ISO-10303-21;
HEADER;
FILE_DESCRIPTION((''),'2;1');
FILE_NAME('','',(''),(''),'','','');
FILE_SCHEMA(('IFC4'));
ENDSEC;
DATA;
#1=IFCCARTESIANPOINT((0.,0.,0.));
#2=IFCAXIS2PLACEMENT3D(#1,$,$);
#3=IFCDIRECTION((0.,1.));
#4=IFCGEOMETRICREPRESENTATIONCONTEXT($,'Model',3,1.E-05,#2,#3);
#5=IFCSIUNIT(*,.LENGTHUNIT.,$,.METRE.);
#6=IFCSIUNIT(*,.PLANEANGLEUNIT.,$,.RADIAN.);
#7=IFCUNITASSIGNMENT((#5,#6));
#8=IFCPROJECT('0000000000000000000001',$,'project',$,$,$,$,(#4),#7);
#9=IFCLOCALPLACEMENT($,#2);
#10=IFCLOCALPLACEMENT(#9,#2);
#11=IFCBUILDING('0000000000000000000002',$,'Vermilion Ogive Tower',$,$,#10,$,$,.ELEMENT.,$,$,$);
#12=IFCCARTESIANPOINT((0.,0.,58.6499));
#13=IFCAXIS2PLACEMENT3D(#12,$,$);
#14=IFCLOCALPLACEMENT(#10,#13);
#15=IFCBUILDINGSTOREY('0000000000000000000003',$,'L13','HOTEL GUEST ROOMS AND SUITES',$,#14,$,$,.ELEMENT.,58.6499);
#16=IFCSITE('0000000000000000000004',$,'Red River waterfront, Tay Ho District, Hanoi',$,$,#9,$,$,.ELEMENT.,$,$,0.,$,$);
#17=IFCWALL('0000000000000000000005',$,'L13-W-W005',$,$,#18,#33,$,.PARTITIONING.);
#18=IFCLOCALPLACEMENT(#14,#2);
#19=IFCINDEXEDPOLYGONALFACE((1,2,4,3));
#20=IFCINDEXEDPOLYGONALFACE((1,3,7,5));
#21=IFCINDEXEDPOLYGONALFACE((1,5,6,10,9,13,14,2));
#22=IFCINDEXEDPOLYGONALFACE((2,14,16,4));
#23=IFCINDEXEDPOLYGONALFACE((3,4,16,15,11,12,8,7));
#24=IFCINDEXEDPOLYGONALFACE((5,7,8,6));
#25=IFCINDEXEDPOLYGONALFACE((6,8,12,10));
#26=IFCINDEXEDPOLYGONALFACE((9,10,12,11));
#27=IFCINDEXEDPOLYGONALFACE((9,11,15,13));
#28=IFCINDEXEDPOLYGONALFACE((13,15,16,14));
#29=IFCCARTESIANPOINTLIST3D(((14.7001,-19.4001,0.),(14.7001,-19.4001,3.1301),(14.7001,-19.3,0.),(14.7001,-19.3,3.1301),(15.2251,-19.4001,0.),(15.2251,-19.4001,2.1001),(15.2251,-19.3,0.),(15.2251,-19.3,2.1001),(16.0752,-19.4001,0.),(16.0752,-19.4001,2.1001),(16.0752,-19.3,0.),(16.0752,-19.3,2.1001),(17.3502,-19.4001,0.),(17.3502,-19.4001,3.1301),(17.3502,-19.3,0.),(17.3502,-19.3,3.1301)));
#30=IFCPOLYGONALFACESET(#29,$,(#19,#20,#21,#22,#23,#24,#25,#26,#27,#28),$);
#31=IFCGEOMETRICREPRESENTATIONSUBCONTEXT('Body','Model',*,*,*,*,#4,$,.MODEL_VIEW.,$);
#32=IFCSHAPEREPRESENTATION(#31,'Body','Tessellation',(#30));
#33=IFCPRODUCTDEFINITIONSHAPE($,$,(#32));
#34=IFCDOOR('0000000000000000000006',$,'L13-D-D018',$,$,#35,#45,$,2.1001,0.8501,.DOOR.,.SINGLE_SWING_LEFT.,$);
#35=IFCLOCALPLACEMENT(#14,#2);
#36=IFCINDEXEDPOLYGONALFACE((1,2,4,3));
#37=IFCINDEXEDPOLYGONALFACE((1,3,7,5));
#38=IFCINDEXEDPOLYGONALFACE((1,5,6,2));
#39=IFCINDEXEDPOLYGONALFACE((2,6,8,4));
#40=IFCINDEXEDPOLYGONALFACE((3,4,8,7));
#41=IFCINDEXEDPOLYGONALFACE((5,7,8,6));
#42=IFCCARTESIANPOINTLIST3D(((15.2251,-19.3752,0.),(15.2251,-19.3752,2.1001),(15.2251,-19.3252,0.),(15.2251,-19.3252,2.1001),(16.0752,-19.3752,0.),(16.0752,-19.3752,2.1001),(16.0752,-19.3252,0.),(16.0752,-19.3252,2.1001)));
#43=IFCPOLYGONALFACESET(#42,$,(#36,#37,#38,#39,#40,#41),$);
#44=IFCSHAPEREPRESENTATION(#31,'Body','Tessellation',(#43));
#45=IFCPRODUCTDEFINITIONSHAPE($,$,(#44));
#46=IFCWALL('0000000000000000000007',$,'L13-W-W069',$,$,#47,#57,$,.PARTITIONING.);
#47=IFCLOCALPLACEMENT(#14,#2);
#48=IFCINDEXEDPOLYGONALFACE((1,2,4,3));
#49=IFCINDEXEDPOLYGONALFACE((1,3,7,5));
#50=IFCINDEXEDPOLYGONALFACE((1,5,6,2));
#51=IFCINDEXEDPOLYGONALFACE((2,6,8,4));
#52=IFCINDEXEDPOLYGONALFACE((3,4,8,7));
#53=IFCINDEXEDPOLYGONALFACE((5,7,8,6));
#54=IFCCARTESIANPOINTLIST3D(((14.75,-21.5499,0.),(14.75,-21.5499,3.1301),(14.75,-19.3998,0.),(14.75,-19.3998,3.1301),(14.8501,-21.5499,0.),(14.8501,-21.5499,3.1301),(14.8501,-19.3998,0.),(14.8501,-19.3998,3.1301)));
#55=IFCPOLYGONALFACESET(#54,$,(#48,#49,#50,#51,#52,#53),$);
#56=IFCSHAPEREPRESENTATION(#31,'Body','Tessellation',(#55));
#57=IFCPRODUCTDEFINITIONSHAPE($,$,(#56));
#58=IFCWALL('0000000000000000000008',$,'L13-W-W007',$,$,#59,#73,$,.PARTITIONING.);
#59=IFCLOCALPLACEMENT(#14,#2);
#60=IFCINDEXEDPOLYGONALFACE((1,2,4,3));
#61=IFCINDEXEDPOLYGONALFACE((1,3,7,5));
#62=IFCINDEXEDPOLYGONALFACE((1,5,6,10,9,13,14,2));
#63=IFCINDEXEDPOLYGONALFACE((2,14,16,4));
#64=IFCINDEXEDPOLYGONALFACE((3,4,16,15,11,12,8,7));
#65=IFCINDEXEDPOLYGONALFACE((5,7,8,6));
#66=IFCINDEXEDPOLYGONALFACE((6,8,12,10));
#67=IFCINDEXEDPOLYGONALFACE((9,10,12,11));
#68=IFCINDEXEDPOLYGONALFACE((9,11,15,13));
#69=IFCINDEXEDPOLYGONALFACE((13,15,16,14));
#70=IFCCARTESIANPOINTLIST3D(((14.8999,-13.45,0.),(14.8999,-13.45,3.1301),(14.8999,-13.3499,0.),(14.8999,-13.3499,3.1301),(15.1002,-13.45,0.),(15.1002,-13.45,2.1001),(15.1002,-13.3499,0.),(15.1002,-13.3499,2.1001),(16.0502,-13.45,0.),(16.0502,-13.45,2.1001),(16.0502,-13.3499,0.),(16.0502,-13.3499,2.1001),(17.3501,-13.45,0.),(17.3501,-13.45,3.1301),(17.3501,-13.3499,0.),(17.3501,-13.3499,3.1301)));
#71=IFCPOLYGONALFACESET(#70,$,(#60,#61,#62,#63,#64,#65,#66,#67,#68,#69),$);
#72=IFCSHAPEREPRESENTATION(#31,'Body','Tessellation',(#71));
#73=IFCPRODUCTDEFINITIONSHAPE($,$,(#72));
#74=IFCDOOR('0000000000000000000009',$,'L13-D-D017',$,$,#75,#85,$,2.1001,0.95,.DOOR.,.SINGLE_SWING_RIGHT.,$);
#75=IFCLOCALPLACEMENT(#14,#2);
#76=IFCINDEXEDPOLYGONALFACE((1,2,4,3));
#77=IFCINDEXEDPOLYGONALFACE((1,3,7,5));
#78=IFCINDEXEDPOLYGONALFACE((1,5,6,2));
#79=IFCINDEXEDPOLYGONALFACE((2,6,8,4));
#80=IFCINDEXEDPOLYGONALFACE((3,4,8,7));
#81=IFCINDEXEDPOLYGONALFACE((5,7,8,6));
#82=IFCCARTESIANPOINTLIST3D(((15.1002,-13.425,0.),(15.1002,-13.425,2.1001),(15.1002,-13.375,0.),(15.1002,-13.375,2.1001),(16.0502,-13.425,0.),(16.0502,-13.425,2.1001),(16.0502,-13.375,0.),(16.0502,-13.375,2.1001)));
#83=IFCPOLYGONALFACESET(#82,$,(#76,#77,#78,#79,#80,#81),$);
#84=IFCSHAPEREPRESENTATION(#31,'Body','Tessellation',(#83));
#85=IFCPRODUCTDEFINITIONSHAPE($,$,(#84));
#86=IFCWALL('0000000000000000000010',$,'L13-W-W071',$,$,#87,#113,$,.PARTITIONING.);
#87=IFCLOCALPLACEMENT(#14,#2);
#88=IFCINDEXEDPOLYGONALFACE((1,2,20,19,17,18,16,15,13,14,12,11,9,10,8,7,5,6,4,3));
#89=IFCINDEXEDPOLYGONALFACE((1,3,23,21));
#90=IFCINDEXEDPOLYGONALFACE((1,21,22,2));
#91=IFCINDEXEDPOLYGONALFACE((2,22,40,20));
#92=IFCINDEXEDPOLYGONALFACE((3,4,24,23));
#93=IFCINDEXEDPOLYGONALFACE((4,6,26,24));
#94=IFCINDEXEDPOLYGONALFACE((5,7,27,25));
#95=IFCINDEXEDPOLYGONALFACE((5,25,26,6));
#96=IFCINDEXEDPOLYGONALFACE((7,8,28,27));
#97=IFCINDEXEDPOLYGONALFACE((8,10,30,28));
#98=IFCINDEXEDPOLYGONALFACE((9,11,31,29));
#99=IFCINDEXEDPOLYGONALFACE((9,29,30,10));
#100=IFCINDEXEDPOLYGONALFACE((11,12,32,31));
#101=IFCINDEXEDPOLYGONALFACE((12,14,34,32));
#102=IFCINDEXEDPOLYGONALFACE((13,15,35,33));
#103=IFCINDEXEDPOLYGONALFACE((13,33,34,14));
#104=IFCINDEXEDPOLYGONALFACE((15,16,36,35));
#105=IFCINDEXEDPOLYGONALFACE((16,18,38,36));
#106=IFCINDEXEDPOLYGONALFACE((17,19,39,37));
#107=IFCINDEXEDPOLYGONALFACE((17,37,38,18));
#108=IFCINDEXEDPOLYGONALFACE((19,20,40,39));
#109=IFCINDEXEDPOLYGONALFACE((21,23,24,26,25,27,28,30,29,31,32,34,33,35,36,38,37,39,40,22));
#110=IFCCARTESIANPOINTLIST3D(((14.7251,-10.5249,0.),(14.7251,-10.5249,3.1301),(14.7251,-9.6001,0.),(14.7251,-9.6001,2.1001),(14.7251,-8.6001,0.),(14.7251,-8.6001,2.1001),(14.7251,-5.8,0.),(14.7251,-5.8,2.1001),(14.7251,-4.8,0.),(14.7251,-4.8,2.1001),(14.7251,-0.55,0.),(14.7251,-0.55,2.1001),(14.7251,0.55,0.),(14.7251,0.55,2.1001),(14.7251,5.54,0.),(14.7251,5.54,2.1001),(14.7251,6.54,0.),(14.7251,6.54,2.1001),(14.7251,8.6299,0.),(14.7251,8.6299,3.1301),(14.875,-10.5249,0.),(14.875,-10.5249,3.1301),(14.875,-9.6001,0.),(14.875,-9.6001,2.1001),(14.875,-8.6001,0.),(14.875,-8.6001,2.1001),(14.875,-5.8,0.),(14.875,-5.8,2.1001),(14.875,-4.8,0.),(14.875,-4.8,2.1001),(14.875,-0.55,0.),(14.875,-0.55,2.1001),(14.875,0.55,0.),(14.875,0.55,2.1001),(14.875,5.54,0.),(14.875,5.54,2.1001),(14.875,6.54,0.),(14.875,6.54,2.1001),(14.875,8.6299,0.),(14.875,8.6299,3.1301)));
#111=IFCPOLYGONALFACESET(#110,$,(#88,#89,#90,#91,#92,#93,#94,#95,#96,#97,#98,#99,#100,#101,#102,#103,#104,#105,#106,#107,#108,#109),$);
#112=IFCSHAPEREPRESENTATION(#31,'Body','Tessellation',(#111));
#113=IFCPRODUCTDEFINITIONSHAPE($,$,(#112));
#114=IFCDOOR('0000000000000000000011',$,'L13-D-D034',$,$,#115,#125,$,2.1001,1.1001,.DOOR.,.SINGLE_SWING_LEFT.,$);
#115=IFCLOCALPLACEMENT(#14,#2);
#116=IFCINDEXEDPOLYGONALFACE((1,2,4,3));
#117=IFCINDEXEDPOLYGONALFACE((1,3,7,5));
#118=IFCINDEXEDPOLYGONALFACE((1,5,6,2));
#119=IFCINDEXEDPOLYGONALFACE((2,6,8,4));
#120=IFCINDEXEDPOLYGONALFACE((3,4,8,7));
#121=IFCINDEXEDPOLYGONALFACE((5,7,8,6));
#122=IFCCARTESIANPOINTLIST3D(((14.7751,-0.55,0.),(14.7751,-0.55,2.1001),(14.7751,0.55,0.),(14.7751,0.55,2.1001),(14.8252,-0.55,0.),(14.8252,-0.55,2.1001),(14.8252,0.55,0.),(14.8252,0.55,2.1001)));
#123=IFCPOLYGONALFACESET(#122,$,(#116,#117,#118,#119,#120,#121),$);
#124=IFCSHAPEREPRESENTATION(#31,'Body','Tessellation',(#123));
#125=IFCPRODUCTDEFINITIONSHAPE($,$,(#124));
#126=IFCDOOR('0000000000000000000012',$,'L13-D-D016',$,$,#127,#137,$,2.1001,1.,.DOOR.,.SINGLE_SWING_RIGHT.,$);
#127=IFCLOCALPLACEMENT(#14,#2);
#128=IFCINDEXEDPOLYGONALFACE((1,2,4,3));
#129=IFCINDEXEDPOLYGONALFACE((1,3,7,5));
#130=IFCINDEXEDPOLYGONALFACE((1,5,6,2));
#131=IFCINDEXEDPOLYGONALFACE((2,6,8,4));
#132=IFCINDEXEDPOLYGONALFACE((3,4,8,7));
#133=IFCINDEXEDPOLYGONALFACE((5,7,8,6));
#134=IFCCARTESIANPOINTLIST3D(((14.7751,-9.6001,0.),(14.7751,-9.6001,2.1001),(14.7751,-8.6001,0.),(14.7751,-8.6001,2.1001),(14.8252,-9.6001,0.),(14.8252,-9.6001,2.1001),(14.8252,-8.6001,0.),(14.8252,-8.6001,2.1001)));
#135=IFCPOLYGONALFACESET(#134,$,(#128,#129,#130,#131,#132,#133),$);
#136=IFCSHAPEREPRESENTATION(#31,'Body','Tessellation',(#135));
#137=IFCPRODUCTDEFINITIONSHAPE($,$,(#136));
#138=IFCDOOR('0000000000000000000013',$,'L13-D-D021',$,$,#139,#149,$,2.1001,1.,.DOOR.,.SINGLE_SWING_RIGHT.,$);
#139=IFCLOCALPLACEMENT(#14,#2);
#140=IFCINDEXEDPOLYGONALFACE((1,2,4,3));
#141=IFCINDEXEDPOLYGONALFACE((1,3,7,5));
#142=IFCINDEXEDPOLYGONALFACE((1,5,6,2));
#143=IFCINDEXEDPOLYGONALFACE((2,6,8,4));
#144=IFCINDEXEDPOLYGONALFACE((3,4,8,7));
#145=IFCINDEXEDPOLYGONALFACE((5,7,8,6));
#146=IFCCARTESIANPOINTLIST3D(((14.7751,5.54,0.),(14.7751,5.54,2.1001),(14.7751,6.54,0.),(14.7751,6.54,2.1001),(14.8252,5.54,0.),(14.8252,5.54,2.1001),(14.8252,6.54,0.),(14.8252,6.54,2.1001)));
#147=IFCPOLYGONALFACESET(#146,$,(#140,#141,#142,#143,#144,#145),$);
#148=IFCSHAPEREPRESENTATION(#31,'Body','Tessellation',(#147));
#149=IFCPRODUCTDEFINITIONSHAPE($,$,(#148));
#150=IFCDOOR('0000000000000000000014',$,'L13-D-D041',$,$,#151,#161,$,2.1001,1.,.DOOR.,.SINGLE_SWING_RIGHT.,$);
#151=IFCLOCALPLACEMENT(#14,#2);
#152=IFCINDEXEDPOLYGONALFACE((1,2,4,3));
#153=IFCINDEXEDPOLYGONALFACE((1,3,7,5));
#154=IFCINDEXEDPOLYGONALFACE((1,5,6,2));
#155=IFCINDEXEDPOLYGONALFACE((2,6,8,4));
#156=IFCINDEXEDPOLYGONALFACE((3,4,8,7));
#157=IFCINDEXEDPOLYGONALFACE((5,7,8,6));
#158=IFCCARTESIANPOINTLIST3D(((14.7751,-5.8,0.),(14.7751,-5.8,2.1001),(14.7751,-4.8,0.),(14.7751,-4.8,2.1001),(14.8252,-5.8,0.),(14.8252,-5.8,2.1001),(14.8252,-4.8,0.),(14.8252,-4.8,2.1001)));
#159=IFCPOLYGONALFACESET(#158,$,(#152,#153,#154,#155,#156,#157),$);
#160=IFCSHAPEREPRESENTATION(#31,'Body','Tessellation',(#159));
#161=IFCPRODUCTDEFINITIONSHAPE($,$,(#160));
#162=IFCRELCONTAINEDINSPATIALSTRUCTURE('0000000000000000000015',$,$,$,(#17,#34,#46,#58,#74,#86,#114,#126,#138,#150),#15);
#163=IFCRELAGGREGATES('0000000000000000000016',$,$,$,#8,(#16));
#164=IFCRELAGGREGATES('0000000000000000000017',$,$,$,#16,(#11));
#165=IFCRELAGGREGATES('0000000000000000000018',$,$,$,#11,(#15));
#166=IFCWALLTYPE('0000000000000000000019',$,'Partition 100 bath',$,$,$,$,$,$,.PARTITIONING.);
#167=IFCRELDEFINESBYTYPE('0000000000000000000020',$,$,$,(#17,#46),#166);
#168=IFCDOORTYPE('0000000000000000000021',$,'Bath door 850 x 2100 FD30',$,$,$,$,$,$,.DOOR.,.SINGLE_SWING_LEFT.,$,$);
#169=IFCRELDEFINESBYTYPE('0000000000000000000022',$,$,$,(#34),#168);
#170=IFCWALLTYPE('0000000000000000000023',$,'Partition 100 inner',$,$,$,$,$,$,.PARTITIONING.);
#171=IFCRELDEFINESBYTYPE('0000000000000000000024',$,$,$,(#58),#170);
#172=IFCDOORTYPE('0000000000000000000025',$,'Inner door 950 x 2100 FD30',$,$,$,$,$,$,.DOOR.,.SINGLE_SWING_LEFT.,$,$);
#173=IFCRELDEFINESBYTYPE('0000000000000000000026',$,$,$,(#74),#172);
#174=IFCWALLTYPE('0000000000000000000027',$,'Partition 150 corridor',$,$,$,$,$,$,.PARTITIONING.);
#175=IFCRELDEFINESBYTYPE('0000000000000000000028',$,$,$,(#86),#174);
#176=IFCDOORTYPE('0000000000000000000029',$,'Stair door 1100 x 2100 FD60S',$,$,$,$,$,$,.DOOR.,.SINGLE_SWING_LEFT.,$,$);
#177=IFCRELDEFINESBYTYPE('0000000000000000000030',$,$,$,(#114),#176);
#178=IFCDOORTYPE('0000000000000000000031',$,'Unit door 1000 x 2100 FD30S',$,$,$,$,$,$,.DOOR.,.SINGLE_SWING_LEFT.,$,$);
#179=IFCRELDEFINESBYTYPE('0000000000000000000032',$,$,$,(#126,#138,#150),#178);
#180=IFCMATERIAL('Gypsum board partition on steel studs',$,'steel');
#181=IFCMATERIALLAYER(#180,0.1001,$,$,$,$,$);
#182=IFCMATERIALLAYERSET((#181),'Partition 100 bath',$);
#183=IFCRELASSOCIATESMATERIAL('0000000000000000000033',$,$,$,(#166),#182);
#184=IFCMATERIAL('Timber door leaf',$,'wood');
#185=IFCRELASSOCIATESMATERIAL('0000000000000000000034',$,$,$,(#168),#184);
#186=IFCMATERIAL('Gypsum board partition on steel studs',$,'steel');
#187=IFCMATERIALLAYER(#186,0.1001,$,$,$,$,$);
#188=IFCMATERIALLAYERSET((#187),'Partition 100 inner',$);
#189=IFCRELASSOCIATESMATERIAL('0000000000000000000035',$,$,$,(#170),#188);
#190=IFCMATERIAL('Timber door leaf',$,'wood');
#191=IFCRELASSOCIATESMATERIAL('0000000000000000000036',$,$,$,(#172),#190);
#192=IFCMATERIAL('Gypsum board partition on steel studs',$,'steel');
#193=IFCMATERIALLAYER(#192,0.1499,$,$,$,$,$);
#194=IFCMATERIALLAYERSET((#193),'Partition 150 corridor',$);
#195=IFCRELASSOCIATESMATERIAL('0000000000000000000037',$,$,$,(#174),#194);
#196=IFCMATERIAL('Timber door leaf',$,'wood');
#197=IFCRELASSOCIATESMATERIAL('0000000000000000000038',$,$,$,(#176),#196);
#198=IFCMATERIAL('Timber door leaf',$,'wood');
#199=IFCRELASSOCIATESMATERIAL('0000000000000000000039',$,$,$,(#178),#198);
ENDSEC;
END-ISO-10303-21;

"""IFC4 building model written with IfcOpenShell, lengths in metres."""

from ifc_helpers import new_model, si_unit, direction, frame, frame_2d, origin, place, context, subcontext, project, spatial, rectangle, extrude, material, layer, layer_set, type_object, element, fill, save


model = new_model("IFC4")

# Units and contexts
model_context = context("Model", 3, precision=1e-05, world=origin(), true_north=direction((0.0, 1.0)))
body_context = subcontext(model_context, "Body", "Model", "MODEL_VIEW")
ifc_project = project(units=[si_unit("LENGTHUNIT", "METRE"), si_unit("PLANEANGLEUNIT", "RADIAN")], contexts=[model_context])

# Site, building, storey
site_placement = place(None, origin())
site = spatial("IfcSite", under=ifc_project, at=site_placement, Name="Red River waterfront, Tay Ho District, Hanoi", CompositionType="ELEMENT", RefElevation=0.0)
building_placement = place(site_placement, origin())
building = spatial("IfcBuilding", under=site, at=building_placement, Name="Vermilion Ogive Tower", CompositionType="ELEMENT")
storey_placement = place(building_placement, frame((0.0, 0.0, 58.6499)))
storey = spatial("IfcBuildingStorey", under=building, at=storey_placement, Name="L13", Description="HOTEL GUEST ROOMS AND SUITES", CompositionType="ELEMENT", Elevation=58.6499)

# Wall, opening, door
ifc_material_1 = material(Name="Gypsum board partition on steel studs", Category="steel")
ifc_layer_1 = layer(ifc_material_1, 0.1001)
ifc_layer_set_1 = layer_set([ifc_layer_1], Name="Partition 100 bath")
wall_type_1 = type_object("IfcWallType", Name="Partition 100 bath", PredefinedType="PARTITIONING", material=ifc_layer_set_1)
wall_1_placement = place(storey_placement, frame((14.7, -19.3501, 0.0), z_axis=(0.0, 0.0, 1.0), x_axis=(1.0, 0.0, 0.0)))
wall_1 = element("IfcWall", 1, at=wall_1_placement, inside=storey, type_object=wall_type_1, Name="L13-W-W005", PredefinedType="PARTITIONING", context=body_context, shape_type="SweptSolid", body=[
    extrude(rectangle(XDim=2.6501, YDim=0.1001, at=frame_2d((1.3252, 0.0))), origin(), (0.0, 0.0, 1.0), 3.1301),
])
opening_1_placement = place(wall_1_placement, frame((0.5251, 0.0, 0.0)))
opening_1 = element("IfcOpeningElement", 2, at=opening_1_placement, cuts=wall_1, PredefinedType="OPENING", context=body_context, shape_type="SweptSolid", body=[
    extrude(rectangle(XDim=0.8501, YDim=2.1001, at=frame_2d((0.425, 1.05))), frame((0.0, 0.0601, 0.0), z_axis=(0.0, -1.0, 0.0), x_axis=(1.0, 0.0, 0.0)), (0.0, 0.0, 1.0), 0.1201),
])
ifc_material_2 = material(Name="Timber door leaf", Category="wood")
door_type_1 = type_object("IfcDoorType", Name="Bath door 850 x 2100 FD30", OperationType="SINGLE_SWING_LEFT", PredefinedType="DOOR", material=ifc_material_2)
door_1_placement = place(opening_1_placement, origin())
door_1 = element("IfcDoor", 3, at=door_1_placement, inside=storey, type_object=door_type_1, Name="L13-D-D018", OperationType="SINGLE_SWING_LEFT", OverallHeight=2.1001, OverallWidth=0.8501, PredefinedType="DOOR", context=body_context, shape_type="SweptSolid", body=[
    extrude(rectangle(XDim=0.8501, YDim=2.1001, at=frame_2d((0.425, 1.05))), frame((0.0, 0.0249, 0.0), z_axis=(0.0, -1.0, 0.0), x_axis=(1.0, 0.0, 0.0)), (0.0, 0.0, 1.0), 0.05),
])
fill(opening_1, door_1)

# Wall
wall_2_placement = place(storey_placement, frame((14.8, -21.55, 0.0), z_axis=(0.0, 0.0, 1.0), x_axis=(0.0, 1.0, 0.0)))
element("IfcWall", 4, at=wall_2_placement, inside=storey, type_object=wall_type_1, Name="L13-W-W069", PredefinedType="PARTITIONING", context=body_context, shape_type="SweptSolid", body=[
    extrude(rectangle(XDim=2.1501, YDim=0.1001, at=frame_2d((1.0752, 0.0))), origin(), (0.0, 0.0, 1.0), 3.1301),
])

# Wall, opening, door
ifc_material_3 = material(Name="Gypsum board partition on steel studs", Category="steel")
ifc_layer_2 = layer(ifc_material_3, 0.1001)
ifc_layer_set_2 = layer_set([ifc_layer_2], Name="Partition 100 inner")
wall_type_2 = type_object("IfcWallType", Name="Partition 100 inner", PredefinedType="PARTITIONING", material=ifc_layer_set_2)
wall_3_placement = place(storey_placement, frame((14.8999, -13.3999, 0.0), z_axis=(0.0, 0.0, 1.0), x_axis=(1.0, 0.0, 0.0)))
wall_3 = element("IfcWall", 5, at=wall_3_placement, inside=storey, type_object=wall_type_2, Name="L13-W-W007", PredefinedType="PARTITIONING", context=body_context, shape_type="SweptSolid", body=[
    extrude(rectangle(XDim=2.4502, YDim=0.1001, at=frame_2d((1.2251, 0.0))), origin(), (0.0, 0.0, 1.0), 3.1301),
])
opening_2_placement = place(wall_3_placement, frame((0.2002, 0.0, 0.0)))
opening_2 = element("IfcOpeningElement", 6, at=opening_2_placement, cuts=wall_3, PredefinedType="OPENING", context=body_context, shape_type="SweptSolid", body=[
    extrude(rectangle(XDim=0.95, YDim=2.1001, at=frame_2d((0.4751, 1.05))), frame((0.0, 0.0601, 0.0), z_axis=(0.0, -1.0, 0.0), x_axis=(1.0, 0.0, 0.0)), (0.0, 0.0, 1.0), 0.1201),
])
ifc_material_4 = material(Name="Timber door leaf", Category="wood")
door_type_2 = type_object("IfcDoorType", Name="Inner door 950 x 2100 FD30", OperationType="SINGLE_SWING_LEFT", PredefinedType="DOOR", material=ifc_material_4)
door_2_placement = place(opening_2_placement, origin())
door_2 = element("IfcDoor", 7, at=door_2_placement, inside=storey, type_object=door_type_2, Name="L13-D-D017", OperationType="SINGLE_SWING_RIGHT", OverallHeight=2.1001, OverallWidth=0.95, PredefinedType="DOOR", context=body_context, shape_type="SweptSolid", body=[
    extrude(rectangle(XDim=0.95, YDim=2.1001, at=frame_2d((0.4751, 1.05))), frame((0.0, 0.0249, 0.0), z_axis=(0.0, -1.0, 0.0), x_axis=(1.0, 0.0, 0.0)), (0.0, 0.0, 1.0), 0.05),
])
fill(opening_2, door_2)

# Wall, openings, doors
ifc_material_5 = material(Name="Gypsum board partition on steel studs", Category="steel")
ifc_layer_3 = layer(ifc_material_5, 0.1499)
ifc_layer_set_3 = layer_set([ifc_layer_3], Name="Partition 150 corridor")
wall_type_3 = type_object("IfcWallType", Name="Partition 150 corridor", PredefinedType="PARTITIONING", material=ifc_layer_set_3)
wall_4_placement = place(storey_placement, frame((14.8, -10.5249, 0.0), z_axis=(0.0, 0.0, 1.0), x_axis=(0.0, 1.0, 0.0)))
wall_4 = element("IfcWall", 8, at=wall_4_placement, inside=storey, type_object=wall_type_3, Name="L13-W-W071", PredefinedType="PARTITIONING", context=body_context, shape_type="SweptSolid", body=[
    extrude(rectangle(XDim=19.1548, YDim=0.1499, at=frame_2d((9.5774, 0.0))), origin(), (0.0, 0.0, 1.0), 3.1301),
])
opening_3_placement = place(wall_4_placement, frame((0.9248, 0.0, 0.0)))
opening_3 = element("IfcOpeningElement", 9, at=opening_3_placement, cuts=wall_4, PredefinedType="OPENING", context=body_context, shape_type="SweptSolid", body=[
    extrude(rectangle(XDim=1.0, YDim=2.1001, at=frame_2d((0.5, 1.05))), frame((0.0, 0.085, 0.0), z_axis=(0.0, -1.0, 0.0), x_axis=(1.0, 0.0, 0.0)), (0.0, 0.0, 1.0), 0.1699),
])
opening_4_placement = place(wall_4_placement, frame((16.0649, 0.0, 0.0)))
opening_4 = element("IfcOpeningElement", 10, at=opening_4_placement, cuts=wall_4, PredefinedType="OPENING", context=body_context, shape_type="SweptSolid", body=[
    extrude(rectangle(XDim=1.0, YDim=2.1001, at=frame_2d((0.5, 1.05))), frame((0.0, 0.085, 0.0), z_axis=(0.0, -1.0, 0.0), x_axis=(1.0, 0.0, 0.0)), (0.0, 0.0, 1.0), 0.1699),
])
opening_5_placement = place(wall_4_placement, frame((9.9749, 0.0, 0.0)))
opening_5 = element("IfcOpeningElement", 11, at=opening_5_placement, cuts=wall_4, PredefinedType="OPENING", context=body_context, shape_type="SweptSolid", body=[
    extrude(rectangle(XDim=1.1001, YDim=2.1001, at=frame_2d((0.55, 1.05))), frame((0.0, 0.085, 0.0), z_axis=(0.0, -1.0, 0.0), x_axis=(1.0, 0.0, 0.0)), (0.0, 0.0, 1.0), 0.1699),
])
opening_6_placement = place(wall_4_placement, frame((4.7249, 0.0, 0.0)))
opening_6 = element("IfcOpeningElement", 12, at=opening_6_placement, cuts=wall_4, PredefinedType="OPENING", context=body_context, shape_type="SweptSolid", body=[
    extrude(rectangle(XDim=1.0, YDim=2.1001, at=frame_2d((0.5, 1.05))), frame((0.0, 0.085, 0.0), z_axis=(0.0, -1.0, 0.0), x_axis=(1.0, 0.0, 0.0)), (0.0, 0.0, 1.0), 0.1699),
])
ifc_material_6 = material(Name="Timber door leaf", Category="wood")
door_type_3 = type_object("IfcDoorType", Name="Stair door 1100 x 2100 FD60S", OperationType="SINGLE_SWING_LEFT", PredefinedType="DOOR", material=ifc_material_6)
door_3_placement = place(opening_5_placement, origin())
door_3 = element("IfcDoor", 13, at=door_3_placement, inside=storey, type_object=door_type_3, Name="L13-D-D034", OperationType="SINGLE_SWING_LEFT", OverallHeight=2.1001, OverallWidth=1.1001, PredefinedType="DOOR", context=body_context, shape_type="SweptSolid", body=[
    extrude(rectangle(XDim=1.1001, YDim=2.1001, at=frame_2d((0.55, 1.05))), frame((0.0, 0.0249, 0.0), z_axis=(0.0, -1.0, 0.0), x_axis=(1.0, 0.0, 0.0)), (0.0, 0.0, 1.0), 0.05),
])
fill(opening_5, door_3)
ifc_material_7 = material(Name="Timber door leaf", Category="wood")
door_type_4 = type_object("IfcDoorType", Name="Unit door 1000 x 2100 FD30S", OperationType="SINGLE_SWING_LEFT", PredefinedType="DOOR", material=ifc_material_7)
door_4_placement = place(opening_3_placement, origin())
door_4 = element("IfcDoor", 14, at=door_4_placement, inside=storey, type_object=door_type_4, Name="L13-D-D016", OperationType="SINGLE_SWING_RIGHT", OverallHeight=2.1001, OverallWidth=1.0, PredefinedType="DOOR", context=body_context, shape_type="SweptSolid", body=[
    extrude(rectangle(XDim=1.0, YDim=2.1001, at=frame_2d((0.5, 1.05))), frame((0.0, 0.0249, 0.0), z_axis=(0.0, -1.0, 0.0), x_axis=(1.0, 0.0, 0.0)), (0.0, 0.0, 1.0), 0.05),
])
fill(opening_3, door_4)
door_5_placement = place(opening_4_placement, origin())
door_5 = element("IfcDoor", 15, at=door_5_placement, inside=storey, type_object=door_type_4, Name="L13-D-D021", OperationType="SINGLE_SWING_RIGHT", OverallHeight=2.1001, OverallWidth=1.0, PredefinedType="DOOR", context=body_context, shape_type="SweptSolid", body=[
    extrude(rectangle(XDim=1.0, YDim=2.1001, at=frame_2d((0.5, 1.05))), frame((0.0, 0.0249, 0.0), z_axis=(0.0, -1.0, 0.0), x_axis=(1.0, 0.0, 0.0)), (0.0, 0.0, 1.0), 0.05),
])
fill(opening_4, door_5)
door_6_placement = place(opening_6_placement, origin())
door_6 = element("IfcDoor", 16, at=door_6_placement, inside=storey, type_object=door_type_4, Name="L13-D-D041", OperationType="SINGLE_SWING_RIGHT", OverallHeight=2.1001, OverallWidth=1.0, PredefinedType="DOOR", context=body_context, shape_type="SweptSolid", body=[
    extrude(rectangle(XDim=1.0, YDim=2.1001, at=frame_2d((0.5, 1.05))), frame((0.0, 0.0249, 0.0), z_axis=(0.0, -1.0, 0.0), x_axis=(1.0, 0.0, 0.0)), (0.0, 0.0, 1.0), 0.05),
])
fill(opening_6, door_6)

save(model, "model.ifc")
